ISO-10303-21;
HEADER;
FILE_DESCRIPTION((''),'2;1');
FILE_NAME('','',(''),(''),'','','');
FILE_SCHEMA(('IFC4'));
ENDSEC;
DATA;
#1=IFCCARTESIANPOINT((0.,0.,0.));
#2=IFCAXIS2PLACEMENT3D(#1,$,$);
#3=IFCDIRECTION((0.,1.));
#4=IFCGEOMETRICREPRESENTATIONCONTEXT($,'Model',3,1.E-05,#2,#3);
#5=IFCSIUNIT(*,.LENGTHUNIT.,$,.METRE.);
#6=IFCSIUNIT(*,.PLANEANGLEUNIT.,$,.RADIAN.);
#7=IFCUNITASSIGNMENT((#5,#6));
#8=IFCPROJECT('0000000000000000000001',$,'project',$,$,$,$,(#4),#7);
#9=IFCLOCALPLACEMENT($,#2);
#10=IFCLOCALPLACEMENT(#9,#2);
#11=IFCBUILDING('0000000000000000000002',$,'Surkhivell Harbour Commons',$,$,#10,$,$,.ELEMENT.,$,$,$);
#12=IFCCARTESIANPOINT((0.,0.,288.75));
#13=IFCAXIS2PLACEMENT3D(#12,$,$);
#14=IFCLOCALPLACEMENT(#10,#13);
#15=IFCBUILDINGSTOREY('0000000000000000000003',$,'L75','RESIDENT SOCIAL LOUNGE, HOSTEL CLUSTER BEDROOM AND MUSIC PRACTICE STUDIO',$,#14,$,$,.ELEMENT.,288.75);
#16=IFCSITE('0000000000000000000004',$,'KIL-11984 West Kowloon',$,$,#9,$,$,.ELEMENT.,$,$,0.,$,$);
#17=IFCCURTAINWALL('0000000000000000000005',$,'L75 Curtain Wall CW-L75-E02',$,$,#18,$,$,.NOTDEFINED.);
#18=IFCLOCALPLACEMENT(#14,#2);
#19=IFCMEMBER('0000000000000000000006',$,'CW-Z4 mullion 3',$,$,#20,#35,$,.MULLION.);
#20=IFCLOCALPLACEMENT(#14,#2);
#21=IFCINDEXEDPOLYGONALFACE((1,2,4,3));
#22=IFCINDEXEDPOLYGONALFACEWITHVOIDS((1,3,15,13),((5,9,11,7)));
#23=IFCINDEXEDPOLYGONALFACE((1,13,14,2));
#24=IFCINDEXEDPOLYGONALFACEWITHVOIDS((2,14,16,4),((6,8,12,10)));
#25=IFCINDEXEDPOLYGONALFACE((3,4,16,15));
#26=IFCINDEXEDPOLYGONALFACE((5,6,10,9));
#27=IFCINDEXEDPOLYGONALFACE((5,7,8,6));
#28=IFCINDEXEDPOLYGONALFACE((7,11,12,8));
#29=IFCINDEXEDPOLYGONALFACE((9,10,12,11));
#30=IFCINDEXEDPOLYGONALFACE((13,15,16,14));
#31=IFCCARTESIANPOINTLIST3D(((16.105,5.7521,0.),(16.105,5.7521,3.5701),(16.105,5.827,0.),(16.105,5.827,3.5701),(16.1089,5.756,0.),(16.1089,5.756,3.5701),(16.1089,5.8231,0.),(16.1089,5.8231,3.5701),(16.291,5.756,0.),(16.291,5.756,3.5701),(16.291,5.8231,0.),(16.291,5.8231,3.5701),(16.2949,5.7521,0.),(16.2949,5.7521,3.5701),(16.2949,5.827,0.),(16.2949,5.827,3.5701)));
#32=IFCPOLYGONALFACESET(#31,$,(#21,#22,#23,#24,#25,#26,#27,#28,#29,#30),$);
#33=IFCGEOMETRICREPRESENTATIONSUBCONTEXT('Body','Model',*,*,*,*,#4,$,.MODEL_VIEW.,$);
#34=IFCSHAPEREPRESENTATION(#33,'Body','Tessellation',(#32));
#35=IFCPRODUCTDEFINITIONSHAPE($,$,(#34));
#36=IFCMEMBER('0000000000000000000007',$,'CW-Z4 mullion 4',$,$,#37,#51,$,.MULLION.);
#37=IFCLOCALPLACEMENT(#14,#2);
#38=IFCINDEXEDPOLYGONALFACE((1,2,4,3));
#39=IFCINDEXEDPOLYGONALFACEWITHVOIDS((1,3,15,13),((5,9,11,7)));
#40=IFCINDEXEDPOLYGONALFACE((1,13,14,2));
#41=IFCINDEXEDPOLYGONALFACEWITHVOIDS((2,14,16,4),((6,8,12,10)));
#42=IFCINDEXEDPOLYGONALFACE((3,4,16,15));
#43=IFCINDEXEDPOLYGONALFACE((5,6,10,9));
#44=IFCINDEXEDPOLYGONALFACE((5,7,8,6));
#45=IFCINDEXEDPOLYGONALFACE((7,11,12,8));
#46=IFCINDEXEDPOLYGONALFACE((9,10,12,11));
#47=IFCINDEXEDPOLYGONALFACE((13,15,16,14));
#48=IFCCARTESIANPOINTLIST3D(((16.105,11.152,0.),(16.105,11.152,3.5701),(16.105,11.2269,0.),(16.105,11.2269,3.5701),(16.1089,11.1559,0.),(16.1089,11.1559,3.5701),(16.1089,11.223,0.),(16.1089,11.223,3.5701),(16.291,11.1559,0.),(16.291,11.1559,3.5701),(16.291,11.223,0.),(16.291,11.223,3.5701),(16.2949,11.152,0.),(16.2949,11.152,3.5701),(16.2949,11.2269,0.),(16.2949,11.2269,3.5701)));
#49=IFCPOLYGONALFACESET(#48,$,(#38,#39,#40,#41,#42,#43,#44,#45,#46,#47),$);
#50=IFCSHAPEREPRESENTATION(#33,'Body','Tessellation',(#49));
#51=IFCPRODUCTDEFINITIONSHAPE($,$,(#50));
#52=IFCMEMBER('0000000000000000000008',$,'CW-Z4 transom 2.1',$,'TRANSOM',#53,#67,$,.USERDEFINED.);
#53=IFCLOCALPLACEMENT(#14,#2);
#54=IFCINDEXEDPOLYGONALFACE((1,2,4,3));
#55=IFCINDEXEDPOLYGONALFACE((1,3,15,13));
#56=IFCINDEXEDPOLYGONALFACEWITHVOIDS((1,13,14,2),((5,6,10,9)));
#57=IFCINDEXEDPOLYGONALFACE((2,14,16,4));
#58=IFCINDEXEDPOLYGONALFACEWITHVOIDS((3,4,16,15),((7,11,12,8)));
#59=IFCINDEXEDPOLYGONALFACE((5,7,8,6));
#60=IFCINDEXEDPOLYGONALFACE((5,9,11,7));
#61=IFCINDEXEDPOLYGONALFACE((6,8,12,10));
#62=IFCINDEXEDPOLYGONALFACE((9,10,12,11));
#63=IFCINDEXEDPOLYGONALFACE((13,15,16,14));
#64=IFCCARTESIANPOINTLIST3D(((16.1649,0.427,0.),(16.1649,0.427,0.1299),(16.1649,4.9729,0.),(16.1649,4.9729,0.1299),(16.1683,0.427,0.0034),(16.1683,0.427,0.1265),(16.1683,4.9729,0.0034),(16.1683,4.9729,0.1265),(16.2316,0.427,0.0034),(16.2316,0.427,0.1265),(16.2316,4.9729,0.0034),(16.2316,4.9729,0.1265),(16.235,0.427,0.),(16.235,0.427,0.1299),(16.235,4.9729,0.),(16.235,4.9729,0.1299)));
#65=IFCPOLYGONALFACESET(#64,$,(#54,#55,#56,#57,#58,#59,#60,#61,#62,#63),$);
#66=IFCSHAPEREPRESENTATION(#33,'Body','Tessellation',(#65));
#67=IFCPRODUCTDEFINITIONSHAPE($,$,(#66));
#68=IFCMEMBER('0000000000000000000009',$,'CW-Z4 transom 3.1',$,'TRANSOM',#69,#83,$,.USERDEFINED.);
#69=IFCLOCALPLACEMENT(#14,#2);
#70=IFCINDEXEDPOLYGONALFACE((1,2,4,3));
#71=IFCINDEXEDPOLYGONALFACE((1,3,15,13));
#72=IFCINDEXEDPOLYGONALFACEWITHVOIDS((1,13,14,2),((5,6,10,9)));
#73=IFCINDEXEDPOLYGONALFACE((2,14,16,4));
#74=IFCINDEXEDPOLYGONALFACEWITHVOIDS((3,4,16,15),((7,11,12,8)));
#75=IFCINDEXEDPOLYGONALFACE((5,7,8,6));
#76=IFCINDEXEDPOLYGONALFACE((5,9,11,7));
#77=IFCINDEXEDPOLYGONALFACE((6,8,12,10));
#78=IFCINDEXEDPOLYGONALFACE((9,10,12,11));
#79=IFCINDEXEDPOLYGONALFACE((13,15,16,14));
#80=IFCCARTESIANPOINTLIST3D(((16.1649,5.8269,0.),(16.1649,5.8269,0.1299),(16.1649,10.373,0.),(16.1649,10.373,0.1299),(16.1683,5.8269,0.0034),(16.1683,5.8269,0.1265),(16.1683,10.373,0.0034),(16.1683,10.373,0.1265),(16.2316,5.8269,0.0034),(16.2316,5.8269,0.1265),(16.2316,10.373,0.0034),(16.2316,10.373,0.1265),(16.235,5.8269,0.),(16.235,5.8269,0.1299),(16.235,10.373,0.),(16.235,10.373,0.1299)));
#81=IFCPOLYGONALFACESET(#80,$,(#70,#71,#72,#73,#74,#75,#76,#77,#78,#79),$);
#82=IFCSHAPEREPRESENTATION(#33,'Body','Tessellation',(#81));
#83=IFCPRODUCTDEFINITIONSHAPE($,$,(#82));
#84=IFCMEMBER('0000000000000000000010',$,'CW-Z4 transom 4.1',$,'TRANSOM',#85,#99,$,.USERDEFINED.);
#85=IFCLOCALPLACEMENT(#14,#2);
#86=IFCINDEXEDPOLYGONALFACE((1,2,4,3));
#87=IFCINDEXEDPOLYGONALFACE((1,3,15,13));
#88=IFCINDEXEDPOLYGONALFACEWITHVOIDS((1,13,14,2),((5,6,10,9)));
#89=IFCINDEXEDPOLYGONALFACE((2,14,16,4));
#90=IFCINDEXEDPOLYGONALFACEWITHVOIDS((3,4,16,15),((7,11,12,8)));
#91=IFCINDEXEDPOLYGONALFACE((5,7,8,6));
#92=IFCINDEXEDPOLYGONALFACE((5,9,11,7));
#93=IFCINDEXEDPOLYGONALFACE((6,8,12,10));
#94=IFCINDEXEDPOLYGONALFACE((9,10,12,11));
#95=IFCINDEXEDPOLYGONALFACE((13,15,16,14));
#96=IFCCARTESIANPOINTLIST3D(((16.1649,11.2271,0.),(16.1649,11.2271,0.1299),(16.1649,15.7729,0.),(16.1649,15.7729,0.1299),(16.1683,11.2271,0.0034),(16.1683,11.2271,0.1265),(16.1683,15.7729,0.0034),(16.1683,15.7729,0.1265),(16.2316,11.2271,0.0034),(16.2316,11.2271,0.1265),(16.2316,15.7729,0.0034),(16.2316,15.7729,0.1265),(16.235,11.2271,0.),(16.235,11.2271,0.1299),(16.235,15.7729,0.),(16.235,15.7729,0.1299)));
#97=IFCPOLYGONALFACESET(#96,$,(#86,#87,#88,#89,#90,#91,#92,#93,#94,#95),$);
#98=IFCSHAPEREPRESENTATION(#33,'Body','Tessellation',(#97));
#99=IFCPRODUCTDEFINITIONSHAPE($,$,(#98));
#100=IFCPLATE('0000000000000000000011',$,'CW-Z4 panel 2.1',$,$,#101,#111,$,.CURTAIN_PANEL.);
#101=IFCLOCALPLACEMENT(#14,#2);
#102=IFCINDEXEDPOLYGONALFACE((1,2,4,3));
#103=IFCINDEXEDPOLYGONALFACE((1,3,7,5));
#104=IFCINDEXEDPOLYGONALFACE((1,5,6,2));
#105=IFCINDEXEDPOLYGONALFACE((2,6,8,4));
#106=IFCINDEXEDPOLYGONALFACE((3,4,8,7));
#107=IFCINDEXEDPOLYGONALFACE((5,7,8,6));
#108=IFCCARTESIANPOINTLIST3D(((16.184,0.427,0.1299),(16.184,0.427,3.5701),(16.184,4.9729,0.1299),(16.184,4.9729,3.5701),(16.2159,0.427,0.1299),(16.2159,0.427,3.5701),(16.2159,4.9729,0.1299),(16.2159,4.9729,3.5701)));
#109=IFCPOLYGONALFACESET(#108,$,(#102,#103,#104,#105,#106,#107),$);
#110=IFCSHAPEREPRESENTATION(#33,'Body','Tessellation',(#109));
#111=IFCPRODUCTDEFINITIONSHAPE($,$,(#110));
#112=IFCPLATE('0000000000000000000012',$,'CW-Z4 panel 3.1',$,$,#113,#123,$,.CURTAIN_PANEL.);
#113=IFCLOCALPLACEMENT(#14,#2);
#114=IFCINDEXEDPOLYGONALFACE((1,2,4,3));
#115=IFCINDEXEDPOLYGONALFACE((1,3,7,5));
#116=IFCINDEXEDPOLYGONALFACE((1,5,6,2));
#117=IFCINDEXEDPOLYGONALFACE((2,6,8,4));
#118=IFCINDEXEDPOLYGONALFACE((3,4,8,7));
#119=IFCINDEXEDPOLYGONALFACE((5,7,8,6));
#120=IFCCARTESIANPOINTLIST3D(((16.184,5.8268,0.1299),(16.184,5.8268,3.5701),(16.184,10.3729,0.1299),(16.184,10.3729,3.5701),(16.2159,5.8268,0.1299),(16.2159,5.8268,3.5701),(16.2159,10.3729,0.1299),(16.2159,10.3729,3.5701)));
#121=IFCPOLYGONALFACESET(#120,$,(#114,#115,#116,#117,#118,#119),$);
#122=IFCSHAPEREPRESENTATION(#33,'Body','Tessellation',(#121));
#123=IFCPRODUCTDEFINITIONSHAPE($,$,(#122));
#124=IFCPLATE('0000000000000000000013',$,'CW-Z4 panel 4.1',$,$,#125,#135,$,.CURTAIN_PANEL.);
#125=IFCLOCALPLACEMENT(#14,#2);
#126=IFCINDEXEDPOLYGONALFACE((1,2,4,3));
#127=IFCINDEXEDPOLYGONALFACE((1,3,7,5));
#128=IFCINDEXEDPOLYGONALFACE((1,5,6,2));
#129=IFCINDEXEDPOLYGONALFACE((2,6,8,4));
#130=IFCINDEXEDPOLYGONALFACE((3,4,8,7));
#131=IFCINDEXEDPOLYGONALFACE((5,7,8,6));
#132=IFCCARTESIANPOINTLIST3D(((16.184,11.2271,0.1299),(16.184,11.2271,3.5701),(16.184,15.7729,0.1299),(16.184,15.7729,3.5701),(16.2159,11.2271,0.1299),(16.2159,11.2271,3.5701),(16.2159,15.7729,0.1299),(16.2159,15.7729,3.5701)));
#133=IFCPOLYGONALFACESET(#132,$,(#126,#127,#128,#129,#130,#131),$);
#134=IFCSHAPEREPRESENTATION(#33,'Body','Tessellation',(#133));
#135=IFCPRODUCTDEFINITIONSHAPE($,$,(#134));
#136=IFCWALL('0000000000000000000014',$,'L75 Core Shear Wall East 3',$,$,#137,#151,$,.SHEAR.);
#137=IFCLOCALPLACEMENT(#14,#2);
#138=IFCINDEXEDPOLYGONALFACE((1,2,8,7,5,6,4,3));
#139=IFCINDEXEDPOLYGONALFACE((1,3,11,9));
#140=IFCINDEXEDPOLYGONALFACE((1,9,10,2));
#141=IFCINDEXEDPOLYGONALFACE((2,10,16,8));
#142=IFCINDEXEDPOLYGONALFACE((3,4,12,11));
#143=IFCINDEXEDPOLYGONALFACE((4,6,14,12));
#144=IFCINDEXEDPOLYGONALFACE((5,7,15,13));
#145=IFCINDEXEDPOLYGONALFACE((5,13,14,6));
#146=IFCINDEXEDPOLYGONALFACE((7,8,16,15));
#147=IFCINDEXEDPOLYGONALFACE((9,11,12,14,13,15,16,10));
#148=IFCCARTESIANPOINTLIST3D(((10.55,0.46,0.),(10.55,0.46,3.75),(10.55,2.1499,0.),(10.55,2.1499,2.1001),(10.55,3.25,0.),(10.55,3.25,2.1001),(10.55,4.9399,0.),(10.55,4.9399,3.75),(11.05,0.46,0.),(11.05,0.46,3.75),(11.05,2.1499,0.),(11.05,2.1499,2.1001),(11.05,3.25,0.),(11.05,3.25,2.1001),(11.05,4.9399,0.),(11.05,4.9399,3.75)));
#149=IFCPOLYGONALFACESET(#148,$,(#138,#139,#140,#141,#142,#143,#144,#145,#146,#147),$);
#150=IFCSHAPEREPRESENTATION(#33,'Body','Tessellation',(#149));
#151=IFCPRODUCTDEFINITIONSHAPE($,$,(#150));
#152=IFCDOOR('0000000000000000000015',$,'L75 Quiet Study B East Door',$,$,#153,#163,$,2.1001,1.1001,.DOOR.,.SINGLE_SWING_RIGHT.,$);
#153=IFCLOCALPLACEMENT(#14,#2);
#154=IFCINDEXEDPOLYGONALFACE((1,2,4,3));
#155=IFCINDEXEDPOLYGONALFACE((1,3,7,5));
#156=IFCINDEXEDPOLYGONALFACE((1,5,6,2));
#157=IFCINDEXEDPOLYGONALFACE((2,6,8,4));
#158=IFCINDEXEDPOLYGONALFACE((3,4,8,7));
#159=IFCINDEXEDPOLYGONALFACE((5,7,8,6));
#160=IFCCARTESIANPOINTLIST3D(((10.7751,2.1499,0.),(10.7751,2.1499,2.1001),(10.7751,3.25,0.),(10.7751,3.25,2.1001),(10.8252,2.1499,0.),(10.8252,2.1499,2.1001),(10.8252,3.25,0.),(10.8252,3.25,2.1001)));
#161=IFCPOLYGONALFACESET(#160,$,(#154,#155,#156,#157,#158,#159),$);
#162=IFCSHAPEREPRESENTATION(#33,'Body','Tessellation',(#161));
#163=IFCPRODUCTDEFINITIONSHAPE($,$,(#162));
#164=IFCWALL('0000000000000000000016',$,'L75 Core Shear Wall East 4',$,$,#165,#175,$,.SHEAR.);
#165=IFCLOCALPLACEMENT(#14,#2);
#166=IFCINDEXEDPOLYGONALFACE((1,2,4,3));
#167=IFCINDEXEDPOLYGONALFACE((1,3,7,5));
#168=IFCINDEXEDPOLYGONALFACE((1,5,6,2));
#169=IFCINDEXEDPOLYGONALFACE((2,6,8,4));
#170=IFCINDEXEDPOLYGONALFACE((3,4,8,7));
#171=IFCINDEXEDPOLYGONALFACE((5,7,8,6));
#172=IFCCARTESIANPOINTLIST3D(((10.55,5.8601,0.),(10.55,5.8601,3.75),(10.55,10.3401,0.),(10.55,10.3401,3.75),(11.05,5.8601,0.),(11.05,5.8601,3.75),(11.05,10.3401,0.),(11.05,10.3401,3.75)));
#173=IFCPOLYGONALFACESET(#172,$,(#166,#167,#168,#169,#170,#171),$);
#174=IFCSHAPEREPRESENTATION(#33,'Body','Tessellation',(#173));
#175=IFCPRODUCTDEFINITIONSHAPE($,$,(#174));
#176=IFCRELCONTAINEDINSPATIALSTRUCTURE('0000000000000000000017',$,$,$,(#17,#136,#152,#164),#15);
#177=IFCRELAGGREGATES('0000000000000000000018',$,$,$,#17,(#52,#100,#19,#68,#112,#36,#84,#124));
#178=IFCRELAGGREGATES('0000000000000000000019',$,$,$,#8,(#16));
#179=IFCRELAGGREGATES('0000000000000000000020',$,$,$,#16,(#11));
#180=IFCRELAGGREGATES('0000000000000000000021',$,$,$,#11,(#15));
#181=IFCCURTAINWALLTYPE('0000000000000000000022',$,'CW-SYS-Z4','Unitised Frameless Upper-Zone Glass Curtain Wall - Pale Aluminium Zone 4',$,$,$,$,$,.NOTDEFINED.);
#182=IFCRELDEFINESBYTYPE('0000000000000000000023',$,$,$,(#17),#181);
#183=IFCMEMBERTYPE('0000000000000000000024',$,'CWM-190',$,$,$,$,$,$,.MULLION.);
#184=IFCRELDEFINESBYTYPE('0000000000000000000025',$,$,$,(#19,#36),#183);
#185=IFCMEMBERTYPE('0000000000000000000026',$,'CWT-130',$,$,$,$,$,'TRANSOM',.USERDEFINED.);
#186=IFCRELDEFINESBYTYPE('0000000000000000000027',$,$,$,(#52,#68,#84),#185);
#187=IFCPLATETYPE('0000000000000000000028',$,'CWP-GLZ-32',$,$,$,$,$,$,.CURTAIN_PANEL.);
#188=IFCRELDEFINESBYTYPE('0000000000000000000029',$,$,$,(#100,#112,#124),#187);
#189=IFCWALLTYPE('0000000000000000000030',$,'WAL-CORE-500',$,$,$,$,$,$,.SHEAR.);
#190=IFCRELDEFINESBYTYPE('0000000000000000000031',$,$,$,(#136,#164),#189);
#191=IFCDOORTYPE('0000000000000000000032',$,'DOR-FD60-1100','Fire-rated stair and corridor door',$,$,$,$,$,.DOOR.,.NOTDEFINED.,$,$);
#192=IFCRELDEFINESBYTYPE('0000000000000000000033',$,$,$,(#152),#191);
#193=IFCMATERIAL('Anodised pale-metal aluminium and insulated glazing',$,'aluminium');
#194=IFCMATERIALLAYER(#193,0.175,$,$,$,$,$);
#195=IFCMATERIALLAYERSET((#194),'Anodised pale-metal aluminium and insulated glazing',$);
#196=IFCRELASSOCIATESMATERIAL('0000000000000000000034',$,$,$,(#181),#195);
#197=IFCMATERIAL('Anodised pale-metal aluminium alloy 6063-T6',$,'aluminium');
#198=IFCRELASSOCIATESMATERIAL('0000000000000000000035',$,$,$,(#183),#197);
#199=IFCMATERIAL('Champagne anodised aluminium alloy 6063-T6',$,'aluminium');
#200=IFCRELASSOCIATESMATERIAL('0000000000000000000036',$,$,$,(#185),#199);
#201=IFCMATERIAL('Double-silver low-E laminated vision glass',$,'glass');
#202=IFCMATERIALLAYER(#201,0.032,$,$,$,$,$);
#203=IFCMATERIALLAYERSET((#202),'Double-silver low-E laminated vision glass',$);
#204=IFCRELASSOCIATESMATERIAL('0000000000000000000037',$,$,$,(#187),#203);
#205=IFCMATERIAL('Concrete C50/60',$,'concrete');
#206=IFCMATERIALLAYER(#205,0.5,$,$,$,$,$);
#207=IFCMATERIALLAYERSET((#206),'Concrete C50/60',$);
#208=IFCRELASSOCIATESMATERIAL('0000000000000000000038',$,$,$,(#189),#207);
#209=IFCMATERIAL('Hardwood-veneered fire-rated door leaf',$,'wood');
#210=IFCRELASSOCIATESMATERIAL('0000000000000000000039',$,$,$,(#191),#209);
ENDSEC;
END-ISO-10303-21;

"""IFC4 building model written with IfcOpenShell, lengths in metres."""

from ifc_helpers import new_model, si_unit, direction, frame, frame_2d, origin, origin_2d, place, context, subcontext, project, spatial, rectangle, hollow_rectangle, extrude, material, layer, layer_set, material_profile, profile_set, type_object, element, fill, aggregate, save


model = new_model("IFC4")

# Units and contexts
model_context = context("Model", 3, precision=1e-05, world=origin(), true_north=direction((0.0, 1.0)))
body_context = subcontext(model_context, "Body", "Model", "MODEL_VIEW")
ifc_project = project(units=[si_unit("LENGTHUNIT", "METRE"), si_unit("PLANEANGLEUNIT", "RADIAN")], contexts=[model_context])

# Site, building, storey
site_placement = place(None, origin())
site = spatial("IfcSite", under=ifc_project, at=site_placement, Name="KIL-11984 West Kowloon", CompositionType="ELEMENT", RefElevation=0.0)
building_placement = place(site_placement, origin())
building = spatial("IfcBuilding", under=site, at=building_placement, Name="Surkhivell Harbour Commons", CompositionType="ELEMENT")
storey_placement = place(building_placement, frame((0.0, 0.0, 288.75)))
storey = spatial("IfcBuildingStorey", under=building, at=storey_placement, Name="L75", Description="RESIDENT SOCIAL LOUNGE, HOSTEL CLUSTER BEDROOM AND MUSIC PRACTICE STUDIO", CompositionType="ELEMENT", Elevation=288.75)

# Shared definitions
ifc_material_1 = material(Name="Concrete C50/60", Category="concrete")

# Curtain wall, members, plates
ifc_material_2 = material(Name="Anodised pale-metal aluminium and insulated glazing", Category="aluminium")
ifc_layer_1 = layer(ifc_material_2, 0.175)
ifc_layer_set_1 = layer_set([ifc_layer_1], Name="Anodised pale-metal aluminium and insulated glazing")
curtain_wall_type = type_object("IfcCurtainWallType", Name="CW-SYS-Z4", Description="Unitised Frameless Upper-Zone Glass Curtain Wall - Pale Aluminium Zone 4", PredefinedType="NOTDEFINED", material=ifc_layer_set_1)
curtain_wall_placement = place(storey_placement, origin())
curtain_wall = element("IfcCurtainWall", 1, at=curtain_wall_placement, inside=storey, type_object=curtain_wall_type, Name="L75 Curtain Wall CW-L75-E02", PredefinedType="NOTDEFINED")
ifc_material_3 = material(Name="Anodised pale-metal aluminium alloy 6063-T6", Category="aluminium")
ifc_material_profile_1 = material_profile(ifc_material_3, hollow_rectangle(XDim=0.075, YDim=0.1899, WallThickness=0.0039, at=origin_2d()), Name="ALU-MULL-75x190")
ifc_profile_set_1 = profile_set([ifc_material_profile_1], Name="Anodised pale-metal aluminium alloy 6063-T6")
member_type_1 = type_object("IfcMemberType", Name="CWM-190", PredefinedType="MULLION", material=ifc_profile_set_1)
member_1_placement = place(storey_placement, frame((16.2, 5.7896, 0.0), z_axis=(0.0, 0.0, 1.0), x_axis=(0.0, 1.0, 0.0)))
member_1 = element("IfcMember", 2, at=member_1_placement, type_object=member_type_1, Name="CW-Z4 mullion 3", PredefinedType="MULLION", context=body_context, shape_type="SweptSolid", body=[
    extrude(hollow_rectangle(XDim=0.075, YDim=0.1899, WallThickness=0.0039, at=origin_2d()), origin(), (0.0, 0.0, 1.0), 3.5701),
])
member_2_placement = place(storey_placement, frame((16.2, 11.1895, 0.0), z_axis=(0.0, 0.0, 1.0), x_axis=(0.0, 1.0, 0.0)))
member_2 = element("IfcMember", 3, at=member_2_placement, type_object=member_type_1, Name="CW-Z4 mullion 4", PredefinedType="MULLION", context=body_context, shape_type="SweptSolid", body=[
    extrude(hollow_rectangle(XDim=0.075, YDim=0.1899, WallThickness=0.0039, at=origin_2d()), origin(), (0.0, 0.0, 1.0), 3.5701),
])
ifc_material_4 = material(Name="Champagne anodised aluminium alloy 6063-T6", Category="aluminium")
ifc_material_profile_2 = material_profile(ifc_material_4, hollow_rectangle(XDim=0.0701, YDim=0.1299, WallThickness=0.0034, at=origin_2d()), Name="ALU-TRAN-70x130")
ifc_profile_set_2 = profile_set([ifc_material_profile_2], Name="Champagne anodised aluminium alloy 6063-T6")
member_type_2 = type_object("IfcMemberType", Name="CWT-130", ElementType="TRANSOM", PredefinedType="USERDEFINED", material=ifc_profile_set_2)
member_3_placement = place(storey_placement, frame((16.2, 0.427, 0.0649), z_axis=(0.0, 1.0, 0.0), x_axis=(-1.0, 0.0, 0.0)))
member_3 = element("IfcMember", 4, at=member_3_placement, type_object=member_type_2, Name="CW-Z4 transom 2.1", ObjectType="TRANSOM", PredefinedType="USERDEFINED", context=body_context, shape_type="SweptSolid", body=[
    extrude(hollow_rectangle(XDim=0.0701, YDim=0.1299, WallThickness=0.0034, at=origin_2d()), origin(), (0.0, 0.0, 1.0), 4.5459),
])
member_4_placement = place(storey_placement, frame((16.2, 5.8269, 0.0649), z_axis=(0.0, 1.0, 0.0), x_axis=(-1.0, 0.0, 0.0)))
member_4 = element("IfcMember", 5, at=member_4_placement, type_object=member_type_2, Name="CW-Z4 transom 3.1", ObjectType="TRANSOM", PredefinedType="USERDEFINED", context=body_context, shape_type="SweptSolid", body=[
    extrude(hollow_rectangle(XDim=0.0701, YDim=0.1299, WallThickness=0.0034, at=origin_2d()), origin(), (0.0, 0.0, 1.0), 4.5461),
])
member_5_placement = place(storey_placement, frame((16.2, 11.2271, 0.0649), z_axis=(0.0, 1.0, 0.0), x_axis=(-1.0, 0.0, 0.0)))
member_5 = element("IfcMember", 6, at=member_5_placement, type_object=member_type_2, Name="CW-Z4 transom 4.1", ObjectType="TRANSOM", PredefinedType="USERDEFINED", context=body_context, shape_type="SweptSolid", body=[
    extrude(hollow_rectangle(XDim=0.0701, YDim=0.1299, WallThickness=0.0034, at=origin_2d()), origin(), (0.0, 0.0, 1.0), 4.5459),
])
ifc_material_5 = material(Name="Double-silver low-E laminated vision glass", Category="glass")
ifc_layer_2 = layer(ifc_material_5, 0.032)
ifc_layer_set_2 = layer_set([ifc_layer_2], Name="Double-silver low-E laminated vision glass")
plate_type = type_object("IfcPlateType", Name="CWP-GLZ-32", PredefinedType="CURTAIN_PANEL", material=ifc_layer_set_2)
plate_1_placement = place(storey_placement, frame((16.2, 0.427, 0.1299), z_axis=(0.0, 0.0, 1.0), x_axis=(0.0, 1.0, 0.0)))
plate_1 = element("IfcPlate", 7, at=plate_1_placement, type_object=plate_type, Name="CW-Z4 panel 2.1", PredefinedType="CURTAIN_PANEL", context=body_context, shape_type="SweptSolid", body=[
    extrude(rectangle(XDim=4.5459, YDim=0.032, at=frame_2d((2.2729, 0.0))), origin(), (0.0, 0.0, 1.0), 3.4402),
])
plate_2_placement = place(storey_placement, frame((16.2, 5.8269, 0.1299), z_axis=(0.0, 0.0, 1.0), x_axis=(0.0, 1.0, 0.0)))
plate_2 = element("IfcPlate", 8, at=plate_2_placement, type_object=plate_type, Name="CW-Z4 panel 3.1", PredefinedType="CURTAIN_PANEL", context=body_context, shape_type="SweptSolid", body=[
    extrude(rectangle(XDim=4.5461, YDim=0.032, at=frame_2d((2.2729, 0.0))), origin(), (0.0, 0.0, 1.0), 3.4402),
])
plate_3_placement = place(storey_placement, frame((16.2, 11.2271, 0.1299), z_axis=(0.0, 0.0, 1.0), x_axis=(0.0, 1.0, 0.0)))
plate_3 = element("IfcPlate", 9, at=plate_3_placement, type_object=plate_type, Name="CW-Z4 panel 4.1", PredefinedType="CURTAIN_PANEL", context=body_context, shape_type="SweptSolid", body=[
    extrude(rectangle(XDim=4.5459, YDim=0.032, at=frame_2d((2.2729, 0.0))), origin(), (0.0, 0.0, 1.0), 3.4402),
])
aggregate(curtain_wall, [member_3, plate_1, member_1, member_4, plate_2, member_2, member_5, plate_3])

# Wall, opening, door
ifc_layer_3 = layer(ifc_material_1, 0.5)
ifc_layer_set_3 = layer_set([ifc_layer_3], Name="Concrete C50/60")
wall_type_1 = type_object("IfcWallType", Name="WAL-CORE-500", PredefinedType="SHEAR", material=ifc_layer_set_3)
wall_1_placement = place(storey_placement, frame((10.8, 0.46, 0.0), z_axis=(0.0, 0.0, 1.0), x_axis=(0.0, 1.0, 0.0)))
wall_1 = element("IfcWall", 10, at=wall_1_placement, inside=storey, type_object=wall_type_1, Name="L75 Core Shear Wall East 3", PredefinedType="SHEAR", context=body_context, shape_type="SweptSolid", body=[
    extrude(rectangle(XDim=4.48, YDim=0.5, at=frame_2d((2.24, 0.0))), origin(), (0.0, 0.0, 1.0), 3.75),
])
opening_placement = place(wall_1_placement, frame((1.6899, 0.0, 0.0)))
opening = element("IfcOpeningElement", 11, at=opening_placement, cuts=wall_1, PredefinedType="OPENING", context=body_context, shape_type="SweptSolid", body=[
    extrude(rectangle(XDim=1.1001, YDim=2.1001, at=frame_2d((0.55, 1.05))), frame((0.0, 0.26, 0.0), z_axis=(0.0, -1.0, 0.0), x_axis=(1.0, 0.0, 0.0)), (0.0, 0.0, 1.0), 0.52),
])
ifc_material_6 = material(Name="Hardwood-veneered fire-rated door leaf", Category="wood")
door_type = type_object("IfcDoorType", Name="DOR-FD60-1100", Description="Fire-rated stair and corridor door", OperationType="NOTDEFINED", PredefinedType="DOOR", material=ifc_material_6)
door_placement = place(opening_placement, origin())
door = element("IfcDoor", 12, at=door_placement, inside=storey, type_object=door_type, Name="L75 Quiet Study B East Door", OperationType="SINGLE_SWING_RIGHT", OverallHeight=2.1001, OverallWidth=1.1001, PredefinedType="DOOR", context=body_context, shape_type="SweptSolid", body=[
    extrude(rectangle(XDim=1.1001, YDim=2.1001, at=frame_2d((0.55, 1.05))), frame((0.0, 0.0249, 0.0), z_axis=(0.0, -1.0, 0.0), x_axis=(1.0, 0.0, 0.0)), (0.0, 0.0, 1.0), 0.05),
])
fill(opening, door)

# Wall
wall_2_placement = place(storey_placement, frame((10.8, 5.8601, 0.0), z_axis=(0.0, 0.0, 1.0), x_axis=(0.0, 1.0, 0.0)))
element("IfcWall", 13, at=wall_2_placement, inside=storey, type_object=wall_type_1, Name="L75 Core Shear Wall East 4", PredefinedType="SHEAR", context=body_context, shape_type="SweptSolid", body=[
    extrude(rectangle(XDim=4.48, YDim=0.5, at=frame_2d((2.24, 0.0))), origin(), (0.0, 0.0, 1.0), 3.75),
])

save(model, "model.ifc")
